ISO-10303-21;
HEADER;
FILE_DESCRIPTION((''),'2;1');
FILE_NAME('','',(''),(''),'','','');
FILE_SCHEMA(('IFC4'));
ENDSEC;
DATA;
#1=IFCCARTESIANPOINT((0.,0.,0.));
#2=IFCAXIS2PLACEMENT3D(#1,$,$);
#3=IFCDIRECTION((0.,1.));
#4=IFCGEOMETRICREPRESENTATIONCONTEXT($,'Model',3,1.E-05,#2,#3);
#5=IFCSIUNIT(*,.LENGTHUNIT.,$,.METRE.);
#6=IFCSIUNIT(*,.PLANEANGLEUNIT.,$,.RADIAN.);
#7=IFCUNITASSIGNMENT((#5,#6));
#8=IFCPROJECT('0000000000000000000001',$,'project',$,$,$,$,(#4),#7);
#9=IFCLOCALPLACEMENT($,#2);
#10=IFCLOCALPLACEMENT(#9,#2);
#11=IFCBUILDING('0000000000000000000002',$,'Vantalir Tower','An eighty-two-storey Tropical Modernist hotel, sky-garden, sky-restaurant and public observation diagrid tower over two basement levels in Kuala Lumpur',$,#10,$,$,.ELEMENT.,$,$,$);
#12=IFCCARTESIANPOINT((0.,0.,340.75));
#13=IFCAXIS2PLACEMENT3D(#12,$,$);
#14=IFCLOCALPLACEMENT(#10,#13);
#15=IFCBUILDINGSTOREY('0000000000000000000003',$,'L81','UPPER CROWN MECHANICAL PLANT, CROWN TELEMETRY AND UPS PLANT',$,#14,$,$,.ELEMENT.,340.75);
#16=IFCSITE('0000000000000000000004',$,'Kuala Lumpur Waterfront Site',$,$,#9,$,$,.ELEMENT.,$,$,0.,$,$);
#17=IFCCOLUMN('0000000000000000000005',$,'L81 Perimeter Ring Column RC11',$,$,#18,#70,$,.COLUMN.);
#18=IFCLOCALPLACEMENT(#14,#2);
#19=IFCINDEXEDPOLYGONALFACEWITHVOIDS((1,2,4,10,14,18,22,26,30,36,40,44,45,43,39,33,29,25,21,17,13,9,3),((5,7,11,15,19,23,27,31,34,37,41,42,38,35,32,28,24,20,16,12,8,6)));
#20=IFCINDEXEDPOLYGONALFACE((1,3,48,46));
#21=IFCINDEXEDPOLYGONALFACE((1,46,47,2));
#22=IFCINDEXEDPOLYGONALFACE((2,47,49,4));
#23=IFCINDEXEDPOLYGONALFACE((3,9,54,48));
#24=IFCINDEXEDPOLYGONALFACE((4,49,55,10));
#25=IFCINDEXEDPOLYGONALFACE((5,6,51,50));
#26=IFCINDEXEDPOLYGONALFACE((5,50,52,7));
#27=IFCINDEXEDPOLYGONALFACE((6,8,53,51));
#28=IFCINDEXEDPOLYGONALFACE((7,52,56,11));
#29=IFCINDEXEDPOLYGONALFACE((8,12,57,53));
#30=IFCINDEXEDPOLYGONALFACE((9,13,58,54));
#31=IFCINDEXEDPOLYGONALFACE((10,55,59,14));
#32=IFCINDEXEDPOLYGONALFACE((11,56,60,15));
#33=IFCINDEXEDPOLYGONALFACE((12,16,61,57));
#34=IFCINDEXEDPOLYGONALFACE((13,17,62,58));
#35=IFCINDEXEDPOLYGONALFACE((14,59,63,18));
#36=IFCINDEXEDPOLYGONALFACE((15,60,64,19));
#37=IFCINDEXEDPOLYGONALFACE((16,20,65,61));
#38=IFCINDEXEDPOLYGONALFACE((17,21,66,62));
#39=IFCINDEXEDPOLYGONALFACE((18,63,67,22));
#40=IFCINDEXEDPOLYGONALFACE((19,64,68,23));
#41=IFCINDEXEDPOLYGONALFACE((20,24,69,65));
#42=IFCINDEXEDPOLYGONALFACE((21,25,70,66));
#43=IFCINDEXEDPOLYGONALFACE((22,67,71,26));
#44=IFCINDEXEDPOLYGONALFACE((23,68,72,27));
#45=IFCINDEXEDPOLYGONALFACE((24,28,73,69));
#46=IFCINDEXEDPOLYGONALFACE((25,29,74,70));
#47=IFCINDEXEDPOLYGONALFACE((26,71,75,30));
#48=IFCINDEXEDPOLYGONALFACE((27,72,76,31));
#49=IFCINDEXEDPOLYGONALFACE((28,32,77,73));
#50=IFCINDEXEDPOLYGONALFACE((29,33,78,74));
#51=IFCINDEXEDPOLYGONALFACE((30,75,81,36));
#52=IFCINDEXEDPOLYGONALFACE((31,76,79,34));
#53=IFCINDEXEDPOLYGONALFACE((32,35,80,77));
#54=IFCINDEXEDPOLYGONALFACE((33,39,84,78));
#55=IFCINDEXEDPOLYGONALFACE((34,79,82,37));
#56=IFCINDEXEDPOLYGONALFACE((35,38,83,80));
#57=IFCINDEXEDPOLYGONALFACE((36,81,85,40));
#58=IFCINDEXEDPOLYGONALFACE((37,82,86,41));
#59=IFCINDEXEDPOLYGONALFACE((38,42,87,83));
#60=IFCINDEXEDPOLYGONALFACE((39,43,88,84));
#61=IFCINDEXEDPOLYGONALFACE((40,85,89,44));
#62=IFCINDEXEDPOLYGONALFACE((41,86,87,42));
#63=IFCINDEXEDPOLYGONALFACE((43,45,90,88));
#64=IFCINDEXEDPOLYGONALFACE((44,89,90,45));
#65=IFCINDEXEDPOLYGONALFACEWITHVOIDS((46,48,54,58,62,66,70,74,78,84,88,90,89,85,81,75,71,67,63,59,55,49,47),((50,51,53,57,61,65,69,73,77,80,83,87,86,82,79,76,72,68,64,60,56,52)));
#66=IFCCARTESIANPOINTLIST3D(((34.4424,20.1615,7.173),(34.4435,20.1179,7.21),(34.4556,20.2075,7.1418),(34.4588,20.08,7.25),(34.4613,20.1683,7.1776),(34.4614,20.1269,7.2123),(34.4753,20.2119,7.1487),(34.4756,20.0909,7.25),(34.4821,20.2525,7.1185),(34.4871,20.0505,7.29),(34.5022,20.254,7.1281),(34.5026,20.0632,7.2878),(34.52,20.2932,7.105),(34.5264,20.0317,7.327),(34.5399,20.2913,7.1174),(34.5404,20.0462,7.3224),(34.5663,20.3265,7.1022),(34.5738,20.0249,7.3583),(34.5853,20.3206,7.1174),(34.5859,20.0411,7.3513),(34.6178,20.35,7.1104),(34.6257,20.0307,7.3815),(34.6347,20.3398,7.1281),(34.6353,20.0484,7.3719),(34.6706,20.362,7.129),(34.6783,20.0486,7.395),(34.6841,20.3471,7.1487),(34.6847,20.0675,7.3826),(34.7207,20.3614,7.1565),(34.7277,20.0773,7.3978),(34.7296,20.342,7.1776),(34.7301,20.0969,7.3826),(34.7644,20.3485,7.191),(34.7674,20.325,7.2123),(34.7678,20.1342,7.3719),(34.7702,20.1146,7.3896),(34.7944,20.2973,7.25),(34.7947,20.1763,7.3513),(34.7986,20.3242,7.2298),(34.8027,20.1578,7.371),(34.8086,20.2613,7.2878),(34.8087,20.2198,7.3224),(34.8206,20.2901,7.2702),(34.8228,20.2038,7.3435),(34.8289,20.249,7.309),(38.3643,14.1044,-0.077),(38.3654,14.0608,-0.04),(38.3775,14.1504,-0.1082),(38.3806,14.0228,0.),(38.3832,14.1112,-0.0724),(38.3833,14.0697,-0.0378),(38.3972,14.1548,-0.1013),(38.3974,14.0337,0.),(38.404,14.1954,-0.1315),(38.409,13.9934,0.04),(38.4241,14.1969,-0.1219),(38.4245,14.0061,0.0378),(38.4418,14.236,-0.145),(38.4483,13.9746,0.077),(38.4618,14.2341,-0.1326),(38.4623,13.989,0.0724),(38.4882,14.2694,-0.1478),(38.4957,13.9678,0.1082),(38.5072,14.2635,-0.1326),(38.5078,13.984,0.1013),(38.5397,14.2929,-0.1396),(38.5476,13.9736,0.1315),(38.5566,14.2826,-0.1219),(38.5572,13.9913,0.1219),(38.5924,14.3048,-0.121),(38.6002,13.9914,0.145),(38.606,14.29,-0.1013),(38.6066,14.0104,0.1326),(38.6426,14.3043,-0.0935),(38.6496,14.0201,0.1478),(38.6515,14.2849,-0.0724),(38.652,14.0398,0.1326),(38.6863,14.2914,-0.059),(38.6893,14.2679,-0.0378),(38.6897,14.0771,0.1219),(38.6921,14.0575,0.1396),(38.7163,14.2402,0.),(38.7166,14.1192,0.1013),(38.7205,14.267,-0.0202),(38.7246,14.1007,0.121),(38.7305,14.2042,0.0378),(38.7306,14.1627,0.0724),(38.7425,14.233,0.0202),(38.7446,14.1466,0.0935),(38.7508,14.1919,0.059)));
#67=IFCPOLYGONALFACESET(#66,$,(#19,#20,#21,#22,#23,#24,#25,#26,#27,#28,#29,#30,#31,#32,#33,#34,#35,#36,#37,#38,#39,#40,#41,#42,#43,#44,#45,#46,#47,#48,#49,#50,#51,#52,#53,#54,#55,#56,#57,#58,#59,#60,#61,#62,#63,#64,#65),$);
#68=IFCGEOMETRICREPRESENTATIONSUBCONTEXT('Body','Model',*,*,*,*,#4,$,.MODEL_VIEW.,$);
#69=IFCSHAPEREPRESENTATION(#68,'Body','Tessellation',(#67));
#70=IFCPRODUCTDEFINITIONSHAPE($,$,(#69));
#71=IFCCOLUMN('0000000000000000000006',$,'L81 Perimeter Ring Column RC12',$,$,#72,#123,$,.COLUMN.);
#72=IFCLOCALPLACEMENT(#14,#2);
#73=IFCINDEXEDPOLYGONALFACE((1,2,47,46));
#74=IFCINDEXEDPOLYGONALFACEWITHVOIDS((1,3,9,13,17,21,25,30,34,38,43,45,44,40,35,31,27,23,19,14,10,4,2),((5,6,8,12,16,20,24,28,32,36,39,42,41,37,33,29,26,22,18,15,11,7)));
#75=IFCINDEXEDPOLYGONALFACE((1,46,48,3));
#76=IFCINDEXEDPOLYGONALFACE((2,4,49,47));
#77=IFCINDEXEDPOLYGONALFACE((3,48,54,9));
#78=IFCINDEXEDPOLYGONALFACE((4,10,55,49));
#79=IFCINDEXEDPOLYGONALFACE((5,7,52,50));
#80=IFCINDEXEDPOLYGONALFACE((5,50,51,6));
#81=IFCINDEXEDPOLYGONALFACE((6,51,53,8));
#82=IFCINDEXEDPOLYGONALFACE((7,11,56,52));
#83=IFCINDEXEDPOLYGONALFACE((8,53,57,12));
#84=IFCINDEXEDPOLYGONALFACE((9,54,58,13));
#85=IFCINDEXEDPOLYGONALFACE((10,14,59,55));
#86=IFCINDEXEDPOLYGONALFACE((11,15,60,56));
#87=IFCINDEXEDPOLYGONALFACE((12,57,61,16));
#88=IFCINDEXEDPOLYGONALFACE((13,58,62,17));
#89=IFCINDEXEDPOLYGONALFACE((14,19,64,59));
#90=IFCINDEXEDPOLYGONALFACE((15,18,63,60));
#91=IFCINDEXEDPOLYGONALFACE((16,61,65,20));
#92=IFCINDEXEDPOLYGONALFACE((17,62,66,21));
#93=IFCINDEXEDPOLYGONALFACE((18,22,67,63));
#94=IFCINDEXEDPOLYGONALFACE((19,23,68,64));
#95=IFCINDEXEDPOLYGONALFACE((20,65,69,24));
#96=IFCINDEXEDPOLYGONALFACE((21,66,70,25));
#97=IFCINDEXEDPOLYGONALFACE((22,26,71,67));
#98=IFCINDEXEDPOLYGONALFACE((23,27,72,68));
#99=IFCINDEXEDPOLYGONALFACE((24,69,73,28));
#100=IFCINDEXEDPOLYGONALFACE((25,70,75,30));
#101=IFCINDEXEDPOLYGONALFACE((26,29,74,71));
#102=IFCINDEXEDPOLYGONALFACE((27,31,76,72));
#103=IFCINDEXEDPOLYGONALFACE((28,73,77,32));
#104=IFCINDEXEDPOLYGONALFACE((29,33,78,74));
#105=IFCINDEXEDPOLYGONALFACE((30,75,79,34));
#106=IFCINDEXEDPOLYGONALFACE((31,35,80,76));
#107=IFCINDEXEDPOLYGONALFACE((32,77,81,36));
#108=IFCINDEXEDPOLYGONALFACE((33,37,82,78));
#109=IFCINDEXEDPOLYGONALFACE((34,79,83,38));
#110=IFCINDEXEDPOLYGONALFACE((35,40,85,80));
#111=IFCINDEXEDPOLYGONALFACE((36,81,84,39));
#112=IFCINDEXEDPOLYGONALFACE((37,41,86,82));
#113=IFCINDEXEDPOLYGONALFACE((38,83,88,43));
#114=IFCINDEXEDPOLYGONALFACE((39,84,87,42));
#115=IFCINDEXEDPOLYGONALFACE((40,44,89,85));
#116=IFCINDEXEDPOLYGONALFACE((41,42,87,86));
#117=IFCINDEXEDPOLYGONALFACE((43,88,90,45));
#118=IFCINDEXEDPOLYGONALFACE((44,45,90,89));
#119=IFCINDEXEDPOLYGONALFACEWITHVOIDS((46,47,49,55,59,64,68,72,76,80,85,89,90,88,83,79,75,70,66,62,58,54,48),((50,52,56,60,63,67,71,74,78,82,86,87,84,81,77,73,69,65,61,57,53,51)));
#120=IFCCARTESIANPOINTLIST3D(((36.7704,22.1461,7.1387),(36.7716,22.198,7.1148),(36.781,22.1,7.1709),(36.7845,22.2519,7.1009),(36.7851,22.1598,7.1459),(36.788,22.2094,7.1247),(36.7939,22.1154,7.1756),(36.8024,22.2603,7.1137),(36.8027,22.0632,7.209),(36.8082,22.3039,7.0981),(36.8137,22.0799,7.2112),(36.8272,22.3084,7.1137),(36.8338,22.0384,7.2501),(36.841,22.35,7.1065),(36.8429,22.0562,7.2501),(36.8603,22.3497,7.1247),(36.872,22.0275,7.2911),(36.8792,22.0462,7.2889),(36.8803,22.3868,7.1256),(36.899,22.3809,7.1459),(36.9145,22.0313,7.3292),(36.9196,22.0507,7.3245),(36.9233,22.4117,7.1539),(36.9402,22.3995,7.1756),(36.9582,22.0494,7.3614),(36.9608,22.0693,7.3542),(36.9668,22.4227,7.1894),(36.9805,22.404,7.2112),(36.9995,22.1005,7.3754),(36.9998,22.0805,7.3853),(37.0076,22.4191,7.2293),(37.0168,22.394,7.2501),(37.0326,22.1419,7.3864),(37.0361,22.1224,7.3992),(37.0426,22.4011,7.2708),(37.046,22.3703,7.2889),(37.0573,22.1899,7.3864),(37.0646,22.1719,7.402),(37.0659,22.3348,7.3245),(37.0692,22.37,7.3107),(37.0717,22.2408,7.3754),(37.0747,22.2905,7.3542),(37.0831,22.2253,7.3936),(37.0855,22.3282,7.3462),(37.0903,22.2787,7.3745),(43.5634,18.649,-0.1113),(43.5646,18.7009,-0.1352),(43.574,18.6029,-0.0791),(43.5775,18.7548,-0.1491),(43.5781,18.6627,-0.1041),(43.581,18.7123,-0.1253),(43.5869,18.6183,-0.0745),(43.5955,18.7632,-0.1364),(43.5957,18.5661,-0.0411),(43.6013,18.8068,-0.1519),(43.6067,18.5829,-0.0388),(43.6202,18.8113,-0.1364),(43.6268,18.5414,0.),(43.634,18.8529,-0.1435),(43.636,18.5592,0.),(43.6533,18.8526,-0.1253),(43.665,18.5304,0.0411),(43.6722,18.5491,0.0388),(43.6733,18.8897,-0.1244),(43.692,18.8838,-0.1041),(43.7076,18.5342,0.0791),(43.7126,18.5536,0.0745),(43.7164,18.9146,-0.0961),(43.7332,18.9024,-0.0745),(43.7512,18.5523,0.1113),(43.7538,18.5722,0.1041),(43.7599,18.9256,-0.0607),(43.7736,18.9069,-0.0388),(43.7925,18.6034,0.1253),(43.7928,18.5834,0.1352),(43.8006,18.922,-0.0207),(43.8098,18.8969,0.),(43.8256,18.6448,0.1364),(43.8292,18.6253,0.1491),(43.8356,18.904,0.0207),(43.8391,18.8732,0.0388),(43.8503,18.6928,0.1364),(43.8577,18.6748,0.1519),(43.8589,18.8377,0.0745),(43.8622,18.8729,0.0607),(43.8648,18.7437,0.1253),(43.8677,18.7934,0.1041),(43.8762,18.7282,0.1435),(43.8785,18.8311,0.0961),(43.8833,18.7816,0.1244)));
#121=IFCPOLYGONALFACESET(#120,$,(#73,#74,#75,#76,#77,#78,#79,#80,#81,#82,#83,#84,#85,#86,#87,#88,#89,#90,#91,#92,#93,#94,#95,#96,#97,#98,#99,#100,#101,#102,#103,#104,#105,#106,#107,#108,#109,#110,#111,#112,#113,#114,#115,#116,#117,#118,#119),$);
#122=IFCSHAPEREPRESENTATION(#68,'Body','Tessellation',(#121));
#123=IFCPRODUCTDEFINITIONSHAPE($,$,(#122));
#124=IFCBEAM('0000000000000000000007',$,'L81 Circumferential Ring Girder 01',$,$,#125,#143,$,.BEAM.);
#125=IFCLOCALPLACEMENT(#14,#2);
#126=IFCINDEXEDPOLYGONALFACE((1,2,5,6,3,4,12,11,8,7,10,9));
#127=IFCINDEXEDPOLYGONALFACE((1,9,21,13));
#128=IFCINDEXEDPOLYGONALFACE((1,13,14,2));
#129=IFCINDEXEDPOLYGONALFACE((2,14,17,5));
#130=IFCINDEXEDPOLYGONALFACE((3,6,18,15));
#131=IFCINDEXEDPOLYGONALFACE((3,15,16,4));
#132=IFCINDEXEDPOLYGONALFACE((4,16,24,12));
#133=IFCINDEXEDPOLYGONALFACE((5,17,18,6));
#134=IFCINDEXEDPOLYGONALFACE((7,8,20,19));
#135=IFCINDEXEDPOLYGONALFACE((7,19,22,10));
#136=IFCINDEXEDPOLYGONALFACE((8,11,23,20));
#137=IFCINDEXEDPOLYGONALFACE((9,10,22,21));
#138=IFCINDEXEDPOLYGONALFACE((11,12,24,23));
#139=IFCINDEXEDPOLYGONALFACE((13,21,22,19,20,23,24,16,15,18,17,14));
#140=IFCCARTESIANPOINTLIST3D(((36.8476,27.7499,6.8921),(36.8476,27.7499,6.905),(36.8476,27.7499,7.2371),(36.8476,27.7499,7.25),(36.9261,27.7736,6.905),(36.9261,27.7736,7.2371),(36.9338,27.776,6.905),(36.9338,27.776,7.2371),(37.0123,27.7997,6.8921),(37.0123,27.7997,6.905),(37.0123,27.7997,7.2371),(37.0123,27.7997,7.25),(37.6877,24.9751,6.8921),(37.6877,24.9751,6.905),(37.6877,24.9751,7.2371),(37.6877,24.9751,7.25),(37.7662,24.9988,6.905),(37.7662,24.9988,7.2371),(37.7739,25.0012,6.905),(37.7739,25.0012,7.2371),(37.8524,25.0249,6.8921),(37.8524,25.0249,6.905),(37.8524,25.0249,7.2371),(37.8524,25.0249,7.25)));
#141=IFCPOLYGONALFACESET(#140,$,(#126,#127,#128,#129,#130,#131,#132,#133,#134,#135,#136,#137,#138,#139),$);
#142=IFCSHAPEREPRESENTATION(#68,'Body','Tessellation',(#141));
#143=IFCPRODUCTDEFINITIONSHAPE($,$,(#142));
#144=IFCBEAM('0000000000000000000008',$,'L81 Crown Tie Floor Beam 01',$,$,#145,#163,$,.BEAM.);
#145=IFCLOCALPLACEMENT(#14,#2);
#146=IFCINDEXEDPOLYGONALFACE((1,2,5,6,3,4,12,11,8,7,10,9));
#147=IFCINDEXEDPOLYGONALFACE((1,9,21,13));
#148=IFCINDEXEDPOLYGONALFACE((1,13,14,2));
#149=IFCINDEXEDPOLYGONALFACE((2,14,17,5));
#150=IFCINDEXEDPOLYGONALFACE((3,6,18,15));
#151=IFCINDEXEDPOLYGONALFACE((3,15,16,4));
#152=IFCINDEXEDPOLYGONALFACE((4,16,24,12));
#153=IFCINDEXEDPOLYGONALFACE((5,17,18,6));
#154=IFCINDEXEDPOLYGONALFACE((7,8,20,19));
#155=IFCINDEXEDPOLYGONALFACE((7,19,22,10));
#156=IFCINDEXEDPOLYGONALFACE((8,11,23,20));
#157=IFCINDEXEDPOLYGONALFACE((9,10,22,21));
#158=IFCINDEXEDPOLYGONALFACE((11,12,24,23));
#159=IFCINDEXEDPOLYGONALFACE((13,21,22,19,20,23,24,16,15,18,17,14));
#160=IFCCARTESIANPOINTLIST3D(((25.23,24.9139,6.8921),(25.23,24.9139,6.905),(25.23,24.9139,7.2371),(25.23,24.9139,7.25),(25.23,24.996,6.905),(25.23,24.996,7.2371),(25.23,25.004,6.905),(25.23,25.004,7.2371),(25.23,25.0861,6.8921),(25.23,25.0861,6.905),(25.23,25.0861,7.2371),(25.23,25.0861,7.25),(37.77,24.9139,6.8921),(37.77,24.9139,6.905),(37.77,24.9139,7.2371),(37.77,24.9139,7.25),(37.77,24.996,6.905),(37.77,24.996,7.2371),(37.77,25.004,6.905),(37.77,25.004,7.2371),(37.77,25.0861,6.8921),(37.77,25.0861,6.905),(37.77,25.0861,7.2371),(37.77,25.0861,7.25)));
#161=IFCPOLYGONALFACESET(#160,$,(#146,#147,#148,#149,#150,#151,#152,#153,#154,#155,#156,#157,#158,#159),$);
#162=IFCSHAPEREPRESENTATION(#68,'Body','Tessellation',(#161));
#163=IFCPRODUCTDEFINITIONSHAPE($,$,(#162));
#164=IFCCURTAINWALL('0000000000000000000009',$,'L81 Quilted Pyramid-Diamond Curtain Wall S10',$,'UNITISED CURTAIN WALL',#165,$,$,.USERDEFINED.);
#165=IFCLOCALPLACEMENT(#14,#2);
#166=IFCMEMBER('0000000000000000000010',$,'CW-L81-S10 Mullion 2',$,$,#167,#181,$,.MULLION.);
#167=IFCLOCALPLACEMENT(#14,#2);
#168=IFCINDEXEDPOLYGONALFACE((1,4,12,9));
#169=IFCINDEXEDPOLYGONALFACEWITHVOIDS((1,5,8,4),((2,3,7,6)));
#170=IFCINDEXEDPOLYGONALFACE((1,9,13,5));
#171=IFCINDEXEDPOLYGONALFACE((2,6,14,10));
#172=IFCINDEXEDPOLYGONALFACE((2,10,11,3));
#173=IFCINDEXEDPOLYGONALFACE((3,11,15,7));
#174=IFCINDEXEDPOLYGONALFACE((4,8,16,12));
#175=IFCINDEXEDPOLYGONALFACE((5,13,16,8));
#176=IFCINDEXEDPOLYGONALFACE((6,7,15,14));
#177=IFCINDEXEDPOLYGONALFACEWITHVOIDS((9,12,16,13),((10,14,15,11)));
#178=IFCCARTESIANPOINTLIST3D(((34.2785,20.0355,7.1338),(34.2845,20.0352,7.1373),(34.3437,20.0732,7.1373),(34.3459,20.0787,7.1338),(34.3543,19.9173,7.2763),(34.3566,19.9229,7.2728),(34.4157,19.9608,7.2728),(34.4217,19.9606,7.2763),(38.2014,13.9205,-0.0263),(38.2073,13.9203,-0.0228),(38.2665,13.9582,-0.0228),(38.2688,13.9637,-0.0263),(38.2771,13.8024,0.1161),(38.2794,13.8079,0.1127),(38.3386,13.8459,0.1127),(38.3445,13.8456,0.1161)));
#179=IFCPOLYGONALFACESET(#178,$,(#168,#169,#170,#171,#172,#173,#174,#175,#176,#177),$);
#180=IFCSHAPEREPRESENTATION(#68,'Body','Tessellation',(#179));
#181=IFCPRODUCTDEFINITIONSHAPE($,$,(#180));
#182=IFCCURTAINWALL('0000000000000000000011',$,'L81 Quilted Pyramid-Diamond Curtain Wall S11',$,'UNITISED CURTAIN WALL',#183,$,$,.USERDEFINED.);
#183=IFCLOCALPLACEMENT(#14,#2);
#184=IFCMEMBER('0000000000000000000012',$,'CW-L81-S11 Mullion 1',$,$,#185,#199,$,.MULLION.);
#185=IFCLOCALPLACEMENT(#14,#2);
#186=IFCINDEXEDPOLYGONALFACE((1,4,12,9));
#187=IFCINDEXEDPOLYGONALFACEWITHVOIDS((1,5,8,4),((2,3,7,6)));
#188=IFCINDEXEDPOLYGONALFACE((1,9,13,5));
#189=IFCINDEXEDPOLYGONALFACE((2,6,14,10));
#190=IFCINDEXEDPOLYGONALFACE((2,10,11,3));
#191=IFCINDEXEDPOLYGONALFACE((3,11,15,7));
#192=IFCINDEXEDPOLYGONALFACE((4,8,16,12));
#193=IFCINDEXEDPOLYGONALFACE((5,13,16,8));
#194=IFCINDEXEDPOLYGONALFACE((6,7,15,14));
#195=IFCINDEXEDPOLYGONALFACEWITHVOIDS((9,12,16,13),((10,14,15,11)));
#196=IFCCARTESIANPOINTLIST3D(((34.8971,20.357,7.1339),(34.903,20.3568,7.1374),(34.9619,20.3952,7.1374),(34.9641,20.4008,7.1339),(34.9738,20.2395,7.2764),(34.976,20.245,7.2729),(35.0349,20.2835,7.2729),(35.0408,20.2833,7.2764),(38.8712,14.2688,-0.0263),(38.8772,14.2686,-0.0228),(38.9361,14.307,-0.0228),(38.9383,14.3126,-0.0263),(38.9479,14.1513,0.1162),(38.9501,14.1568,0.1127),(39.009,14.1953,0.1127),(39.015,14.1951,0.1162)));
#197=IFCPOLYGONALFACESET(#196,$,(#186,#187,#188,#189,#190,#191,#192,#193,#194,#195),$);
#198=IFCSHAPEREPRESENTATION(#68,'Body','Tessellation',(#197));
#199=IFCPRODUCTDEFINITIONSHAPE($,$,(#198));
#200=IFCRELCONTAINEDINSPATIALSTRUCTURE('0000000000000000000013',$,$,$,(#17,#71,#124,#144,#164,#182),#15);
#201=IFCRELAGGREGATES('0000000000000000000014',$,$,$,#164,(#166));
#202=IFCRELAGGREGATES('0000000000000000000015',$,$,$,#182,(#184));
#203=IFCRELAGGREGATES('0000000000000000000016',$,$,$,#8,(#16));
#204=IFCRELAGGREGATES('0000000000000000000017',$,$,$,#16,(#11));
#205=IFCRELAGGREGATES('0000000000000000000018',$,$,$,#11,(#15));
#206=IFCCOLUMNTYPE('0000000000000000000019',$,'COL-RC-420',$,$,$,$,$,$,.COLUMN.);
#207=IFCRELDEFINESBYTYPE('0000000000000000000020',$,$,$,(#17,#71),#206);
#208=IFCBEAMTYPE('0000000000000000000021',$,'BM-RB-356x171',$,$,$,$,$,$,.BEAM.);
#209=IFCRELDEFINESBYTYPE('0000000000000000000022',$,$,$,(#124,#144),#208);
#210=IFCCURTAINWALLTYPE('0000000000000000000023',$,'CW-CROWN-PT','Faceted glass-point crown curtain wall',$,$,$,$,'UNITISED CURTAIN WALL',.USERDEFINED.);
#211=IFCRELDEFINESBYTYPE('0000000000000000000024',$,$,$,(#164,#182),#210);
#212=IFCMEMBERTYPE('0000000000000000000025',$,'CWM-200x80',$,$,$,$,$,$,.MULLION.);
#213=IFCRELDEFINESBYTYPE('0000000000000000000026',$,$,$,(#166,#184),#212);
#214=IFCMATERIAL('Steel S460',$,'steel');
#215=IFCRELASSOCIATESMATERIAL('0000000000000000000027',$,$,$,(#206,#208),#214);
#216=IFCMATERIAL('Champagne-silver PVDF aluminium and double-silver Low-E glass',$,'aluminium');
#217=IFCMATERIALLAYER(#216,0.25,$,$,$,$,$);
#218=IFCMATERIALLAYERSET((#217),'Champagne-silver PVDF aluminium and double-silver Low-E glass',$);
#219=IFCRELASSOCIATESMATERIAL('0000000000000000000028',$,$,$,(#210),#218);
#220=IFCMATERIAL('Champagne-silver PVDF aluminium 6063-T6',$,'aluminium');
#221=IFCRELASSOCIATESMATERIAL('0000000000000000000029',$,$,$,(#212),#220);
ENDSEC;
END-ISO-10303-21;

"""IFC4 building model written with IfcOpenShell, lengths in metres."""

from ifc_helpers import new_model, si_unit, direction, frame, origin, origin_2d, place, context, subcontext, project, spatial, hollow_rectangle, hollow_circle, i_section, extrude, material, layer, layer_set, material_profile, profile_set, type_object, element, aggregate, save


model = new_model("IFC4")

# Units and contexts
model_context = context("Model", 3, precision=1e-05, world=origin(), true_north=direction((0.0, 1.0)))
body_context = subcontext(model_context, "Body", "Model", "MODEL_VIEW")
ifc_project = project(units=[si_unit("LENGTHUNIT", "METRE"), si_unit("PLANEANGLEUNIT", "RADIAN")], contexts=[model_context])

# Site, building, storey
site_placement = place(None, origin())
site = spatial("IfcSite", under=ifc_project, at=site_placement, Name="Kuala Lumpur Waterfront Site", CompositionType="ELEMENT", RefElevation=0.0)
building_placement = place(site_placement, origin())
building = spatial("IfcBuilding", under=site, at=building_placement, Name="Vantalir Tower", Description="An eighty-two-storey Tropical Modernist hotel, sky-garden, sky-restaurant and public observation diagrid tower over two basement levels in Kuala Lumpur", CompositionType="ELEMENT")
storey_placement = place(building_placement, frame((0.0, 0.0, 340.75)))
storey = spatial("IfcBuildingStorey", under=building, at=storey_placement, Name="L81", Description="UPPER CROWN MECHANICAL PLANT, CROWN TELEMETRY AND UPS PLANT", CompositionType="ELEMENT", Elevation=340.75)

# Columns
ifc_material_1 = material(Name="Steel S460", Category="steel")
ifc_material_profile_1 = material_profile(ifc_material_1, hollow_circle(Radius=0.21, WallThickness=0.02, at=origin_2d()), Name="Steel S460")
ifc_profile_set_1 = profile_set([ifc_material_profile_1], Name="Steel S460")
column_type = type_object("IfcColumnType", Name="COL-RC-420", PredefinedType="COLUMN", material=ifc_profile_set_1)
column_1_placement = place(storey_placement, frame((38.5569, 14.137, 0.0), z_axis=(-0.383408, 0.592153, 0.708769), x_axis=(-0.839409, -0.543501, 0.0)))
element("IfcColumn", 1, at=column_1_placement, inside=storey, type_object=column_type, Name="L81 Perimeter Ring Column RC11", PredefinedType="COLUMN", context=body_context, shape_type="SweptSolid", body=[
    extrude(hollow_circle(Radius=0.21, WallThickness=0.02, at=origin_2d()), origin(), (0.0, 0.0, 1.0), 10.229),
])
column_2_placement = place(storey_placement, frame((43.7229, 18.728, 0.0), z_axis=(-0.644945, 0.332022, 0.688337), x_axis=(-0.457715, -0.889099, 0.0)))
element("IfcColumn", 2, at=column_2_placement, inside=storey, type_object=column_type, Name="L81 Perimeter Ring Column RC12", PredefinedType="COLUMN", context=body_context, shape_type="SweptSolid", body=[
    extrude(hollow_circle(Radius=0.21, WallThickness=0.02, at=origin_2d()), origin(), (0.0, 0.0, 1.0), 10.5327),
])

# Beams
ifc_material_profile_2 = material_profile(ifc_material_1, i_section(OverallWidth=0.1721, OverallDepth=0.3579, WebThickness=0.0081, FlangeThickness=0.0129, at=origin_2d()), Name="Steel S460")
ifc_profile_set_2 = profile_set([ifc_material_profile_2], Name="Steel S460")
beam_type = type_object("IfcBeamType", Name="BM-RB-356x171", PredefinedType="BEAM", material=ifc_profile_set_2)
beam_1_placement = place(storey_placement, frame((37.77, 25.0, 7.071), z_axis=(-0.289757, 0.9571, 0.0), x_axis=(-0.9571, -0.289757, 0.0)))
element("IfcBeam", 3, at=beam_1_placement, inside=storey, type_object=beam_type, Name="L81 Circumferential Ring Girder 01", PredefinedType="BEAM", context=body_context, shape_type="SweptSolid", body=[
    extrude(i_section(OverallWidth=0.1721, OverallDepth=0.3579, WebThickness=0.0081, FlangeThickness=0.0129, at=origin_2d()), origin(), (0.0, 0.0, 1.0), 2.8992),
])
beam_2_placement = place(storey_placement, frame((37.77, 25.0, 7.071), z_axis=(-1.0, 0.0, 0.0), x_axis=(0.0, -1.0, 0.0)))
element("IfcBeam", 4, at=beam_2_placement, inside=storey, type_object=beam_type, Name="L81 Crown Tie Floor Beam 01", PredefinedType="BEAM", context=body_context, shape_type="SweptSolid", body=[
    extrude(i_section(OverallWidth=0.1721, OverallDepth=0.3579, WebThickness=0.0081, FlangeThickness=0.0129, at=origin_2d()), origin(), (0.0, 0.0, 1.0), 12.54),
])

# Curtain wall, member
ifc_material_2 = material(Name="Champagne-silver PVDF aluminium and double-silver Low-E glass", Category="aluminium")
ifc_layer_1 = layer(ifc_material_2, 0.25)
ifc_layer_set_1 = layer_set([ifc_layer_1], Name="Champagne-silver PVDF aluminium and double-silver Low-E glass")
curtain_wall_type = type_object("IfcCurtainWallType", Name="CW-CROWN-PT", Description="Faceted glass-point crown curtain wall", ElementType="UNITISED CURTAIN WALL", PredefinedType="USERDEFINED", material=ifc_layer_set_1)
curtain_wall_1_placement = place(storey_placement, origin())
curtain_wall_1 = element("IfcCurtainWall", 5, at=curtain_wall_1_placement, inside=storey, type_object=curtain_wall_type, Name="L81 Quilted Pyramid-Diamond Curtain Wall S10", ObjectType="UNITISED CURTAIN WALL", PredefinedType="USERDEFINED")
ifc_material_3 = material(Name="Champagne-silver PVDF aluminium 6063-T6", Category="aluminium")
ifc_material_profile_3 = material_profile(ifc_material_3, hollow_rectangle(XDim=0.0801, YDim=0.2, WallThickness=0.0049, at=origin_2d()), Name="Champagne-silver PVDF aluminium 6063-T6")
ifc_profile_set_3 = profile_set([ifc_material_profile_3], Name="Champagne-silver PVDF aluminium 6063-T6")
member_type_1 = type_object("IfcMemberType", Name="CWM-200x80", PredefinedType="MULLION", material=ifc_profile_set_3)
member_1_placement = place(storey_placement, frame((38.2729, 13.8831, 0.0449), z_axis=(-0.384575, 0.599481, 0.701943), x_axis=(-0.841692, -0.539957, 0.0)))
member_1 = element("IfcMember", 6, at=member_1_placement, type_object=member_type_1, Name="CW-L81-S10 Mullion 2", PredefinedType="MULLION", context=body_context, shape_type="SweptSolid", body=[
    extrude(hollow_rectangle(XDim=0.0801, YDim=0.2, WallThickness=0.0049, at=origin_2d()), origin(), (0.0, 0.0, 1.0), 10.2004),
])
aggregate(curtain_wall_1, [member_1])

# Curtain wall, member
curtain_wall_2_placement = place(storey_placement, origin())
curtain_wall_2 = element("IfcCurtainWall", 7, at=curtain_wall_2_placement, inside=storey, type_object=curtain_wall_type, Name="L81 Quilted Pyramid-Diamond Curtain Wall S11", ObjectType="UNITISED CURTAIN WALL", PredefinedType="USERDEFINED")
member_2_placement = place(storey_placement, frame((38.9431, 14.2319, 0.0449), z_axis=(-0.389457, 0.596627, 0.701683), x_axis=(-0.837384, -0.546615, 0.0)))
member_2 = element("IfcMember", 8, at=member_2_placement, type_object=member_type_1, Name="CW-L81-S11 Mullion 1", PredefinedType="MULLION", context=body_context, shape_type="SweptSolid", body=[
    extrude(hollow_rectangle(XDim=0.0801, YDim=0.2, WallThickness=0.0049, at=origin_2d()), origin(), (0.0, 0.0, 1.0), 10.2043),
])

aggregate(curtain_wall_2, [member_2])

save(model, "model.ifc")
